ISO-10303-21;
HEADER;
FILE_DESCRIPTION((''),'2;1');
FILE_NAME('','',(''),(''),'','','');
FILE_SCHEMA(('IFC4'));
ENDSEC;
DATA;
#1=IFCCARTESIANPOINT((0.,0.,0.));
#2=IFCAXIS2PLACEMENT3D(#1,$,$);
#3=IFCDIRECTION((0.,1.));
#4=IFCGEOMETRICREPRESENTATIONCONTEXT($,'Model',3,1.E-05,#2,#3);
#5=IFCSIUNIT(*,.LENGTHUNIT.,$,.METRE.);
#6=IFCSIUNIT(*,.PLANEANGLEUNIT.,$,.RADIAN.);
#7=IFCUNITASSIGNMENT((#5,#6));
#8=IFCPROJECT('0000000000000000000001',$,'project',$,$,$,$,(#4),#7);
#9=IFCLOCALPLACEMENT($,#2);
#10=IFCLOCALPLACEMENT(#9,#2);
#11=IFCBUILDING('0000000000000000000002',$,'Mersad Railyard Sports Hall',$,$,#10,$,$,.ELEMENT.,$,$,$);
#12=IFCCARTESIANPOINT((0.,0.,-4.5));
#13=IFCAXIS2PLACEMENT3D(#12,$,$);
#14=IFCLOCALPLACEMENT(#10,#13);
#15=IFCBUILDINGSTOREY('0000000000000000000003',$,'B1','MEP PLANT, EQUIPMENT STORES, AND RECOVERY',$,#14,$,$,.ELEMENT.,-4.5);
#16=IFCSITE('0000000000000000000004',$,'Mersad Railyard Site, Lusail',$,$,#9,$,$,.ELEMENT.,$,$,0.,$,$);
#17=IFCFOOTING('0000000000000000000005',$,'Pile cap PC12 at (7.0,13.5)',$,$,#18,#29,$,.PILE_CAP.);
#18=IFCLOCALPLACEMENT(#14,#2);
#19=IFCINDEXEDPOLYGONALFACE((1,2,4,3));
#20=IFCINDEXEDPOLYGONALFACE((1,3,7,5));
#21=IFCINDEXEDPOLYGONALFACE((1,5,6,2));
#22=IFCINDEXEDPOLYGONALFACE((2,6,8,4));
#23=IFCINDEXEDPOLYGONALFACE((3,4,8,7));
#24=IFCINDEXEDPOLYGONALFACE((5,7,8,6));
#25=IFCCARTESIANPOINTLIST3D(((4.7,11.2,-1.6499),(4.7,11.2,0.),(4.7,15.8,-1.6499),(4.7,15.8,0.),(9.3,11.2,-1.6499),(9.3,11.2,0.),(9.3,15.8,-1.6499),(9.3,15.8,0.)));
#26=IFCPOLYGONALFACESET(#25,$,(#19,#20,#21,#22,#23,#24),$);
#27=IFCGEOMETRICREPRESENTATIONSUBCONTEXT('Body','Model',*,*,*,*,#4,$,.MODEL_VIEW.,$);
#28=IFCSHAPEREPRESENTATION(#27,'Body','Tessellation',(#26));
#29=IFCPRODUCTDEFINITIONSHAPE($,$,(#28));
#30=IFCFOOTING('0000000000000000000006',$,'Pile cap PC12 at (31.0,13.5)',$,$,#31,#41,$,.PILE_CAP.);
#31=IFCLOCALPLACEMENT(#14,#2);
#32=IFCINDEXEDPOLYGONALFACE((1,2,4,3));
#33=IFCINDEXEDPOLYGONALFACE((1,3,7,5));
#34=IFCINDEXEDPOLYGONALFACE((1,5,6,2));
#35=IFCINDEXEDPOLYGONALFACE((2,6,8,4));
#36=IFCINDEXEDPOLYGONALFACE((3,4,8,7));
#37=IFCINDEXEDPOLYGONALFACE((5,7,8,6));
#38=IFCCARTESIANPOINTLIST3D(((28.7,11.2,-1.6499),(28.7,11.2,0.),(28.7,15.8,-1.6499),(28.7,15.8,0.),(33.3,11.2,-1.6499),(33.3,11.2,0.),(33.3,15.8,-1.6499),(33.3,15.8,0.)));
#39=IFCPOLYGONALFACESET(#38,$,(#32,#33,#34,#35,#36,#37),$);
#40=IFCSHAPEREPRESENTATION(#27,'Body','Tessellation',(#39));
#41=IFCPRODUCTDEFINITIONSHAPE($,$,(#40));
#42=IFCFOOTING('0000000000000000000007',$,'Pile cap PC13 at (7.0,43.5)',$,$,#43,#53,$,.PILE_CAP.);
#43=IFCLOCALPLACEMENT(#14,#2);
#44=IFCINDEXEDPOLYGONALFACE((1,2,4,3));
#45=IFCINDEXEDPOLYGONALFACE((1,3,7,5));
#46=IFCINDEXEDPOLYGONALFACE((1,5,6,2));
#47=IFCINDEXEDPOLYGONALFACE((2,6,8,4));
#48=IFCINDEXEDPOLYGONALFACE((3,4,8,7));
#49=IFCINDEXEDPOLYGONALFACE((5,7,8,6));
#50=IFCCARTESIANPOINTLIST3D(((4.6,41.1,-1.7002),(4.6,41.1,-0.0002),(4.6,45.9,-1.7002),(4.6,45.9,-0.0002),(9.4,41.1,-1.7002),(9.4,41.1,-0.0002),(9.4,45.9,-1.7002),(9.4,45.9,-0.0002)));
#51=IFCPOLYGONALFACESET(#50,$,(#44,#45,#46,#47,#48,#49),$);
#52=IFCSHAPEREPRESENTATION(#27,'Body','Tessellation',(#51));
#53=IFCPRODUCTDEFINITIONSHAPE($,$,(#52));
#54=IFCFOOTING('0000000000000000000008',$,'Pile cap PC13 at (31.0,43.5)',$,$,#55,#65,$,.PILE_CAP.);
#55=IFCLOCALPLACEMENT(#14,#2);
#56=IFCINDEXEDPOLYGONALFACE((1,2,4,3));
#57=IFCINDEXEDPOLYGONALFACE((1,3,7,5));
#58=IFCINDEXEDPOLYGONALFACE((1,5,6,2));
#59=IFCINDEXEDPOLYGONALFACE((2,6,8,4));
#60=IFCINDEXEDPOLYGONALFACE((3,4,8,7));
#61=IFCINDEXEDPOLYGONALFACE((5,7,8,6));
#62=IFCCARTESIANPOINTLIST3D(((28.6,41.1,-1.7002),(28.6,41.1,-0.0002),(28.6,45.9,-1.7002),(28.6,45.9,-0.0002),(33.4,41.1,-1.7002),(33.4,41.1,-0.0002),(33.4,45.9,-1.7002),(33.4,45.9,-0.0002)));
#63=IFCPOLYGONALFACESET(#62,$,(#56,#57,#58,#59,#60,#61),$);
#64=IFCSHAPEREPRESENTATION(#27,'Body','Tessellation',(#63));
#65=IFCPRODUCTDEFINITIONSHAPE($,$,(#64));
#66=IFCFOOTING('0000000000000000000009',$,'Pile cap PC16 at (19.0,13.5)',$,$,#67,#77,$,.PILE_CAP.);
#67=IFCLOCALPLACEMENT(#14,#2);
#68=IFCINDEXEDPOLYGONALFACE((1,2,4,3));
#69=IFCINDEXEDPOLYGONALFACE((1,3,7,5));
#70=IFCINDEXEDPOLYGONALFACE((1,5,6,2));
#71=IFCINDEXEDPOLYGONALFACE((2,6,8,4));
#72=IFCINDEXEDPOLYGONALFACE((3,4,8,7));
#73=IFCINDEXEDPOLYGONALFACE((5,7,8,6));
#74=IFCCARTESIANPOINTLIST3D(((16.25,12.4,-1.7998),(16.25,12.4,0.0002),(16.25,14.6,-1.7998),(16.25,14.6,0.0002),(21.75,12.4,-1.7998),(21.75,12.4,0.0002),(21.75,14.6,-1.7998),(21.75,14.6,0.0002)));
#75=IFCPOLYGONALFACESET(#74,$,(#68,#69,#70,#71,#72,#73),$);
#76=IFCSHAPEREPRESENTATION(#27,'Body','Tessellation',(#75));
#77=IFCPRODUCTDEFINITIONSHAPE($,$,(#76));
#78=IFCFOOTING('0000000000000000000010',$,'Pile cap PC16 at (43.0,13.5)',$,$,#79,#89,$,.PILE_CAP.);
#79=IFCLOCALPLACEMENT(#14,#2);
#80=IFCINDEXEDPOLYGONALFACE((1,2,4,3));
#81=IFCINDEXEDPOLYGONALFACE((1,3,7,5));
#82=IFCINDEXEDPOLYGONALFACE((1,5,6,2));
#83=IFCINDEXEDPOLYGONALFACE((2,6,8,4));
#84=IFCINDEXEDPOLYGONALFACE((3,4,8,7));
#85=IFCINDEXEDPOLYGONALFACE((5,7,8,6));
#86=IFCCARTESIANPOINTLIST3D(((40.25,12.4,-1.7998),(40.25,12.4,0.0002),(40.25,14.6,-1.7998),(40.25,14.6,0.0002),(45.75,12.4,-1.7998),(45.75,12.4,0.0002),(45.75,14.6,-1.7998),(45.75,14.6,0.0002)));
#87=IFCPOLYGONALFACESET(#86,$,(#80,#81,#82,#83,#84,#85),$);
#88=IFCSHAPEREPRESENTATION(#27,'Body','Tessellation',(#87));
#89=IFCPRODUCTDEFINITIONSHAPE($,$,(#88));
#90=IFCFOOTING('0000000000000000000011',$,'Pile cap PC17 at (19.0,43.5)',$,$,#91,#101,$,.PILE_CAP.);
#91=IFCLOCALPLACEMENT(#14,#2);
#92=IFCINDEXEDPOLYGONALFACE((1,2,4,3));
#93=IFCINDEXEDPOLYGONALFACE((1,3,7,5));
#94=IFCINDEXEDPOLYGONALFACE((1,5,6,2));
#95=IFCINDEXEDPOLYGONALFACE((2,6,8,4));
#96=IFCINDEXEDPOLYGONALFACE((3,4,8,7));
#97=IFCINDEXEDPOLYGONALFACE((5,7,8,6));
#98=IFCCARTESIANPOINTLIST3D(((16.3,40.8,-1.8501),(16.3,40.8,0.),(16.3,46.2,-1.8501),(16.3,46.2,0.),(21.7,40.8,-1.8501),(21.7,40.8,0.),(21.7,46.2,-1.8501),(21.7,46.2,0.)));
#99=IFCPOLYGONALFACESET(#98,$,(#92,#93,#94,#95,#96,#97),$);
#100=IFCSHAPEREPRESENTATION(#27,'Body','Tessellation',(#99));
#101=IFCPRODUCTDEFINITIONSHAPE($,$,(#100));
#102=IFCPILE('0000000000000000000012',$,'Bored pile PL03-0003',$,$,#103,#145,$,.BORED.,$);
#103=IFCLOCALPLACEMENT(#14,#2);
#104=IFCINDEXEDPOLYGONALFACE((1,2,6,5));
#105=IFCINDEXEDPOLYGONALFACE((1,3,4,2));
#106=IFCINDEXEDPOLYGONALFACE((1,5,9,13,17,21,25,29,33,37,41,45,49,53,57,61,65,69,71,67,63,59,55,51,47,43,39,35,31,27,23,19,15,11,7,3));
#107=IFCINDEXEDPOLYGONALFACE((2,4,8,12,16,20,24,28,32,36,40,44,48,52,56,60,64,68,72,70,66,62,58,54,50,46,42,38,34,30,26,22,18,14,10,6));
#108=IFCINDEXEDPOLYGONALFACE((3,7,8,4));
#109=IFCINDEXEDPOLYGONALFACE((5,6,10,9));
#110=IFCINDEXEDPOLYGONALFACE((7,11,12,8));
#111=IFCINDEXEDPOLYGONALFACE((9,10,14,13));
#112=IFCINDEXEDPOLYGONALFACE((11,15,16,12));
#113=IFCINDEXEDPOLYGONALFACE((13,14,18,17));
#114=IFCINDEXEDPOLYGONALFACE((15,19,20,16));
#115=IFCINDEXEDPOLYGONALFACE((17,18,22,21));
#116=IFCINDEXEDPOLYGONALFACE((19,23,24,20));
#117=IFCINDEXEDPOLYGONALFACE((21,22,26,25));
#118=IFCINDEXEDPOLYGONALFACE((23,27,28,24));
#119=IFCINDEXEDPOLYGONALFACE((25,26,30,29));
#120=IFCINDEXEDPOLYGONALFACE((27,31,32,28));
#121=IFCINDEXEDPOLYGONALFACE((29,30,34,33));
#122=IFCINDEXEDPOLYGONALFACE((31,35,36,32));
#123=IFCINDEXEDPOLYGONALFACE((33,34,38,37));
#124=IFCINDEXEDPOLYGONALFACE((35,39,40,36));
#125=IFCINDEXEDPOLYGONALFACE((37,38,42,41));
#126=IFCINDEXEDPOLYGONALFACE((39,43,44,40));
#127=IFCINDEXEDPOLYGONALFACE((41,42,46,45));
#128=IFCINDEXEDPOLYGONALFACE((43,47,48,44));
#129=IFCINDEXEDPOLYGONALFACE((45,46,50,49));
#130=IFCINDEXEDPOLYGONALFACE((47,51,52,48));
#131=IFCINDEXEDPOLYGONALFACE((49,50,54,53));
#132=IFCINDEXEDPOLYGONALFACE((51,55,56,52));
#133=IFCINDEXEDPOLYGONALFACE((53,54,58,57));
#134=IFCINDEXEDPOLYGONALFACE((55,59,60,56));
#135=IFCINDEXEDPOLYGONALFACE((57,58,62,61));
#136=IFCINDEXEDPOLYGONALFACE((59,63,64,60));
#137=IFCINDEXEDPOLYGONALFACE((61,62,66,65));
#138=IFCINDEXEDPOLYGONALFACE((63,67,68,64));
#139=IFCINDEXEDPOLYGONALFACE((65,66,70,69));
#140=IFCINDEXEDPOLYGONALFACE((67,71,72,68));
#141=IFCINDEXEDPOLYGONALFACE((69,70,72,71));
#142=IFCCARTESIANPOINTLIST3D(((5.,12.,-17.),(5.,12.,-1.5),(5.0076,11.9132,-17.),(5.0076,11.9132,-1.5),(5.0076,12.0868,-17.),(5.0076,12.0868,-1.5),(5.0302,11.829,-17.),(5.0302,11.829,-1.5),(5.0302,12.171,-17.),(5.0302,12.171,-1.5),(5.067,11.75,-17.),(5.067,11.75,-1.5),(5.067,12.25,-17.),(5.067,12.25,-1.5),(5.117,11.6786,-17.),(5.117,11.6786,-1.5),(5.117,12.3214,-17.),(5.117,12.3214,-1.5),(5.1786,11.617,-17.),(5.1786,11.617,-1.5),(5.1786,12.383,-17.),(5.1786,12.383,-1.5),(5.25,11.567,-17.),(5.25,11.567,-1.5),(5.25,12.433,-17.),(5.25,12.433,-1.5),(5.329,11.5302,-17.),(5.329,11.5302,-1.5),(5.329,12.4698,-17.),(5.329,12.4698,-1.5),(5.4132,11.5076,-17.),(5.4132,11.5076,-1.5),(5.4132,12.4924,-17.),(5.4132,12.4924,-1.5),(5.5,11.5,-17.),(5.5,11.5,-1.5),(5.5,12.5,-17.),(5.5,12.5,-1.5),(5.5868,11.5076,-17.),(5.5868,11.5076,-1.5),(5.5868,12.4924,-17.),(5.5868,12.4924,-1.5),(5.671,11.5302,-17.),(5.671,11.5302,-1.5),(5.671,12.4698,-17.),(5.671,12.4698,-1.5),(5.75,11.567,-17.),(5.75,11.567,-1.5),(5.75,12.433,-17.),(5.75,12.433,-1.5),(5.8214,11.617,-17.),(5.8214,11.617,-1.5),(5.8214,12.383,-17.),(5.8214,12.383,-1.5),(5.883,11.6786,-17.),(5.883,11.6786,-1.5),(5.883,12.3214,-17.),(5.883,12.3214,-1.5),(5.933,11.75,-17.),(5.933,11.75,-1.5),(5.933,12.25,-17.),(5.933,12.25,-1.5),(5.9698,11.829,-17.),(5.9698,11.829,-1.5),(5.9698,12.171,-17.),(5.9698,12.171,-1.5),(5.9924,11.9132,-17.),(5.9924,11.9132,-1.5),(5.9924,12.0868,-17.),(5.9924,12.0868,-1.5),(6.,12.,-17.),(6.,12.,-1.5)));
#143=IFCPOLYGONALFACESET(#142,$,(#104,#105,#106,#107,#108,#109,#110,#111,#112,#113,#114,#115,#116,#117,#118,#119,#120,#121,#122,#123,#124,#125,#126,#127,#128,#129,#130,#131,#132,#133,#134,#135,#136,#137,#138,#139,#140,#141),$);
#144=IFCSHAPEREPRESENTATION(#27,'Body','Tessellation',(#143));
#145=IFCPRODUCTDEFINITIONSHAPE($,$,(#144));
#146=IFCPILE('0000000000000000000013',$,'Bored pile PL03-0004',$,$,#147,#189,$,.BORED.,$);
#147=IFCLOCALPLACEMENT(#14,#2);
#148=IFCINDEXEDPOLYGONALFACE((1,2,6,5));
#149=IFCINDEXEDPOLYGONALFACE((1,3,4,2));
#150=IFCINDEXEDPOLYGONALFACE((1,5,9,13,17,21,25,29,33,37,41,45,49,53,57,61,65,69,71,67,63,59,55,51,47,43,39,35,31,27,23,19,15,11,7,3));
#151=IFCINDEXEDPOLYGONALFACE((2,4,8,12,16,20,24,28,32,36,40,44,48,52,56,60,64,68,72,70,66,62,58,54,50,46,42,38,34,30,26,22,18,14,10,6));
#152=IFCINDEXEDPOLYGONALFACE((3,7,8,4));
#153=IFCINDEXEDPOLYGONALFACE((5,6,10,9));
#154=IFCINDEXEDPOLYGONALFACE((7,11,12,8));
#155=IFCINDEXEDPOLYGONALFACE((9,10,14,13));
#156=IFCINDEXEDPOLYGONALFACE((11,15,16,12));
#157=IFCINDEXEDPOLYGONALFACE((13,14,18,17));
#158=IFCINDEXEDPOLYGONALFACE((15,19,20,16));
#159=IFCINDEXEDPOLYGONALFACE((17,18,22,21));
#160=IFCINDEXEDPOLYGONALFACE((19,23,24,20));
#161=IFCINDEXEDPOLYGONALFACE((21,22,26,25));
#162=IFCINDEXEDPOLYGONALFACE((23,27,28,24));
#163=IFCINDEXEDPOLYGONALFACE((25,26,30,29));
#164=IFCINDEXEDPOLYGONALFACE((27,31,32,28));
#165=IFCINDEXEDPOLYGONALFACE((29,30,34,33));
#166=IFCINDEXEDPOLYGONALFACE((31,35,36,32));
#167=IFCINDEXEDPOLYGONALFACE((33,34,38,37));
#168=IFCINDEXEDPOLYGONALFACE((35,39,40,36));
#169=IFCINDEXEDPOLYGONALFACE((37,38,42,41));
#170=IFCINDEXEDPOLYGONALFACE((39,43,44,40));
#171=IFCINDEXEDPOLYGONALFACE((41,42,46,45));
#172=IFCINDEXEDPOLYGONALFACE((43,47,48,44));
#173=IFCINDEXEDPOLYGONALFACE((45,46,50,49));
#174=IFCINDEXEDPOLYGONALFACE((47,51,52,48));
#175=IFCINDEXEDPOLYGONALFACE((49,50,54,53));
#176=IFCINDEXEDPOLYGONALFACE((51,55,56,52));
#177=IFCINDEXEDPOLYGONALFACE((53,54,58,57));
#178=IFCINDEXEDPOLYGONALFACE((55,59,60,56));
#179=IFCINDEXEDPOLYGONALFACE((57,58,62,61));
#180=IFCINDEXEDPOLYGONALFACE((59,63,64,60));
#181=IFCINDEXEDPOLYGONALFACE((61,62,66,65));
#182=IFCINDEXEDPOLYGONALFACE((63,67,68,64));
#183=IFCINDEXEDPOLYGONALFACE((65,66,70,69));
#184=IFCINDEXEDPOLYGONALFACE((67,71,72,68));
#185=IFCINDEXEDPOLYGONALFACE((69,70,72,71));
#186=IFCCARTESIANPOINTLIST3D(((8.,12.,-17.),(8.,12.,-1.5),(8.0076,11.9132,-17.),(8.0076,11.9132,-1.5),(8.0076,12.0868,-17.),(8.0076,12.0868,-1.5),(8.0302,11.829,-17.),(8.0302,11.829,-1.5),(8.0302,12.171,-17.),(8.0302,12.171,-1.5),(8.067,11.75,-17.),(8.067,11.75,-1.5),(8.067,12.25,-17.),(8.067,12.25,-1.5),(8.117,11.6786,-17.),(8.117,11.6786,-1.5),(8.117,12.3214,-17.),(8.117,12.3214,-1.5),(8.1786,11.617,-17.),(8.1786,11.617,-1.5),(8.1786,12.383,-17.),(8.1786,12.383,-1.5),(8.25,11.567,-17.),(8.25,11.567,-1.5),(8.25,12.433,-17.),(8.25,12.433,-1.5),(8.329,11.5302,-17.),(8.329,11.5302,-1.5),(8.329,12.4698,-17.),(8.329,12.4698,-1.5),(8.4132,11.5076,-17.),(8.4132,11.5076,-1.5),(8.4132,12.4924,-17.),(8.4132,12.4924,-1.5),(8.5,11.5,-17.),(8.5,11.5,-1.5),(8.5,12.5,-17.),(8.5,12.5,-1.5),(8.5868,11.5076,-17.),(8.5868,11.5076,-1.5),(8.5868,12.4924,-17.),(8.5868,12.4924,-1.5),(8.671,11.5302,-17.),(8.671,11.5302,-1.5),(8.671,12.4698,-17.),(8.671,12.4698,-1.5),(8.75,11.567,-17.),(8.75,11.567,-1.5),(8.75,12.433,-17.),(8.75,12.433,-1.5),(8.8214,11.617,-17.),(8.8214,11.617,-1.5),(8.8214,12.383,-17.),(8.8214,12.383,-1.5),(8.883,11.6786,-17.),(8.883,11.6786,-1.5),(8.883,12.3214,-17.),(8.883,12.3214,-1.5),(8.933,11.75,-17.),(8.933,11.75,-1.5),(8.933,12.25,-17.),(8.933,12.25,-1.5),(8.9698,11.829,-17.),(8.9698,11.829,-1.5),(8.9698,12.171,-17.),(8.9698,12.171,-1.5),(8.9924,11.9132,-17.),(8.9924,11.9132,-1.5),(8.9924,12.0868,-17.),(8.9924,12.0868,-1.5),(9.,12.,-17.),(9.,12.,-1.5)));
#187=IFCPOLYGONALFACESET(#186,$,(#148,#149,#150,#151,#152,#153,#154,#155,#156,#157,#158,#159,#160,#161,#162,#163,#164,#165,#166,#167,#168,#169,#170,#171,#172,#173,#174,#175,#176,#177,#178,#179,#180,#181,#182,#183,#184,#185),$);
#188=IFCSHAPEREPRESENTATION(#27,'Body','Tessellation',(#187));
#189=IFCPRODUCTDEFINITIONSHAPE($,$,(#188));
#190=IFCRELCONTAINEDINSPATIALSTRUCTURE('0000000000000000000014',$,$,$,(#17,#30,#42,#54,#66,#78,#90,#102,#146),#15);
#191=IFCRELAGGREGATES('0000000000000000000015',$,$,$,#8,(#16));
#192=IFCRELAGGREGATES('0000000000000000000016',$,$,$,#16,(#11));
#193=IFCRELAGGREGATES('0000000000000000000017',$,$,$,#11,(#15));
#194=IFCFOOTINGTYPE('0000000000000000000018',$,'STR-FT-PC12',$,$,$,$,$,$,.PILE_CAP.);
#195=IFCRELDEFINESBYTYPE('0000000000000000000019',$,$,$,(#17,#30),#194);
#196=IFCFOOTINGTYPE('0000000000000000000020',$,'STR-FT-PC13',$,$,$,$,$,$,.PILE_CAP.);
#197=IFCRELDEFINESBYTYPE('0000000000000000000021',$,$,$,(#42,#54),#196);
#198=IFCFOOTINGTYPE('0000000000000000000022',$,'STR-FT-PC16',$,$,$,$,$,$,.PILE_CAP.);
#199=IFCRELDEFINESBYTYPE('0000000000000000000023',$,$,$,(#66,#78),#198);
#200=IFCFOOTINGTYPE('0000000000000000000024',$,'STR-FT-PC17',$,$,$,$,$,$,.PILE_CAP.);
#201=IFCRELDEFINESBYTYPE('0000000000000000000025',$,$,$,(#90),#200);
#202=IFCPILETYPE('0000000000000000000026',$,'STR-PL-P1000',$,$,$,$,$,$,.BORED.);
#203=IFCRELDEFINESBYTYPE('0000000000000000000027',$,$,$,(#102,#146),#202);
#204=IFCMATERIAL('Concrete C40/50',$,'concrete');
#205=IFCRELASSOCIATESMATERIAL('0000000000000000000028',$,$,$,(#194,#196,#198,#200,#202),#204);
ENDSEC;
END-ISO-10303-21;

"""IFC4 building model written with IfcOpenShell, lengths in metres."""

from ifc_helpers import new_model, si_unit, direction, frame, origin, origin_2d, place, context, subcontext, project, spatial, rectangle, circle, extrude, material, material_profile, profile_set, type_object, element, save


model = new_model("IFC4")

# Units and contexts
model_context = context("Model", 3, precision=1e-05, world=origin(), true_north=direction((0.0, 1.0)))
body_context = subcontext(model_context, "Body", "Model", "MODEL_VIEW")
ifc_project = project(units=[si_unit("LENGTHUNIT", "METRE"), si_unit("PLANEANGLEUNIT", "RADIAN")], contexts=[model_context])

# Site, building, storey
site_placement = place(None, origin())
site = spatial("IfcSite", under=ifc_project, at=site_placement, Name="Mersad Railyard Site, Lusail", CompositionType="ELEMENT", RefElevation=0.0)
building_placement = place(site_placement, origin())
building = spatial("IfcBuilding", under=site, at=building_placement, Name="Mersad Railyard Sports Hall", CompositionType="ELEMENT")
storey_placement = place(building_placement, frame((0.0, 0.0, -4.5)))
storey = spatial("IfcBuildingStorey", under=building, at=storey_placement, Name="B1", Description="MEP PLANT, EQUIPMENT STORES, AND RECOVERY", CompositionType="ELEMENT", Elevation=-4.5)

# Footings
ifc_material_1 = material(Name="Concrete C40/50", Category="concrete")
footing_type_1 = type_object("IfcFootingType", Name="STR-FT-PC12", PredefinedType="PILE_CAP", material=ifc_material_1)
for number, where, z_axis, x_axis, name in (
    (1, (7.0, 13.5, -1.6499), (0.0, 0.0, 1.0), (1.0, 0.0, 0.0), "Pile cap PC12 at (7.0,13.5)"),
    (2, (31.0, 13.5, -1.6499), (0.0, 0.0, 1.0), (1.0, 0.0, 0.0), "Pile cap PC12 at (31.0,13.5)"),
):
    element("IfcFooting", number, at=place(storey_placement, frame(where, z_axis=z_axis, x_axis=x_axis)), inside=storey, type_object=footing_type_1, Name=name, PredefinedType="PILE_CAP", context=body_context, shape_type="SweptSolid", body=[
        extrude(rectangle(XDim=4.6001, YDim=4.6001, at=origin_2d()), origin(), (0.0, 0.0, 1.0), 1.6499),
    ])
footing_type_2 = type_object("IfcFootingType", Name="STR-FT-PC13", PredefinedType="PILE_CAP", material=ifc_material_1)
for number, where, z_axis, x_axis, name in (
    (3, (7.0, 43.5, -1.7002), (0.0, 0.0, 1.0), (1.0, 0.0, 0.0), "Pile cap PC13 at (7.0,43.5)"),
    (4, (31.0, 43.5, -1.7002), (0.0, 0.0, 1.0), (1.0, 0.0, 0.0), "Pile cap PC13 at (31.0,43.5)"),
):
    element("IfcFooting", number, at=place(storey_placement, frame(where, z_axis=z_axis, x_axis=x_axis)), inside=storey, type_object=footing_type_2, Name=name, PredefinedType="PILE_CAP", context=body_context, shape_type="SweptSolid", body=[
        extrude(rectangle(XDim=4.8, YDim=4.8, at=origin_2d()), origin(), (0.0, 0.0, 1.0), 1.7),
    ])
footing_type_3 = type_object("IfcFootingType", Name="STR-FT-PC16", PredefinedType="PILE_CAP", material=ifc_material_1)
for number, where, z_axis, x_axis, name in (
    (5, (19.0, 13.5, -1.7998), (0.0, 0.0, 1.0), (1.0, 0.0, 0.0), "Pile cap PC16 at (19.0,13.5)"),
    (6, (43.0, 13.5, -1.7998), (0.0, 0.0, 1.0), (1.0, 0.0, 0.0), "Pile cap PC16 at (43.0,13.5)"),
):
    element("IfcFooting", number, at=place(storey_placement, frame(where, z_axis=z_axis, x_axis=x_axis)), inside=storey, type_object=footing_type_3, Name=name, PredefinedType="PILE_CAP", context=body_context, shape_type="SweptSolid", body=[
        extrude(rectangle(XDim=5.5, YDim=2.2, at=origin_2d()), origin(), (0.0, 0.0, 1.0), 1.8),
    ])
footing_type_4 = type_object("IfcFootingType", Name="STR-FT-PC17", PredefinedType="PILE_CAP", material=ifc_material_1)
footing_placement = place(storey_placement, frame((19.0, 43.5, -1.8501), z_axis=(0.0, 0.0, 1.0), x_axis=(1.0, 0.0, 0.0)))
element("IfcFooting", 7, at=footing_placement, inside=storey, type_object=footing_type_4, Name="Pile cap PC17 at (19.0,43.5)", PredefinedType="PILE_CAP", context=body_context, shape_type="SweptSolid", body=[
    extrude(rectangle(XDim=5.3999, YDim=5.3999, at=origin_2d()), origin(), (0.0, 0.0, 1.0), 1.8501),
])

# Piles
ifc_material_profile_1 = material_profile(ifc_material_1, circle(Radius=0.5, at=origin_2d()), Name="BORED PILE D1000")
ifc_profile_set_1 = profile_set([ifc_material_profile_1], Name="Concrete C40/50")
pile_type_1 = type_object("IfcPileType", Name="STR-PL-P1000", PredefinedType="BORED", material=ifc_profile_set_1)
for number, where, z_axis, x_axis, name in (
    (8, (5.5, 12.0, -1.5), (0.0, 0.0, -1.0), (1.0, 0.0, 0.0), "Bored pile PL03-0003"),
    (9, (8.5, 12.0, -1.5), (0.0, 0.0, -1.0), (1.0, 0.0, 0.0), "Bored pile PL03-0004"),
):
    element("IfcPile", number, at=place(storey_placement, frame(where, z_axis=z_axis, x_axis=x_axis)), inside=storey, type_object=pile_type_1, Name=name, PredefinedType="BORED", context=body_context, shape_type="SweptSolid", body=[
        extrude(circle(Radius=0.5, at=origin_2d()), origin(), (0.0, 0.0, 1.0), 15.5),
    ])

save(model, "model.ifc")
